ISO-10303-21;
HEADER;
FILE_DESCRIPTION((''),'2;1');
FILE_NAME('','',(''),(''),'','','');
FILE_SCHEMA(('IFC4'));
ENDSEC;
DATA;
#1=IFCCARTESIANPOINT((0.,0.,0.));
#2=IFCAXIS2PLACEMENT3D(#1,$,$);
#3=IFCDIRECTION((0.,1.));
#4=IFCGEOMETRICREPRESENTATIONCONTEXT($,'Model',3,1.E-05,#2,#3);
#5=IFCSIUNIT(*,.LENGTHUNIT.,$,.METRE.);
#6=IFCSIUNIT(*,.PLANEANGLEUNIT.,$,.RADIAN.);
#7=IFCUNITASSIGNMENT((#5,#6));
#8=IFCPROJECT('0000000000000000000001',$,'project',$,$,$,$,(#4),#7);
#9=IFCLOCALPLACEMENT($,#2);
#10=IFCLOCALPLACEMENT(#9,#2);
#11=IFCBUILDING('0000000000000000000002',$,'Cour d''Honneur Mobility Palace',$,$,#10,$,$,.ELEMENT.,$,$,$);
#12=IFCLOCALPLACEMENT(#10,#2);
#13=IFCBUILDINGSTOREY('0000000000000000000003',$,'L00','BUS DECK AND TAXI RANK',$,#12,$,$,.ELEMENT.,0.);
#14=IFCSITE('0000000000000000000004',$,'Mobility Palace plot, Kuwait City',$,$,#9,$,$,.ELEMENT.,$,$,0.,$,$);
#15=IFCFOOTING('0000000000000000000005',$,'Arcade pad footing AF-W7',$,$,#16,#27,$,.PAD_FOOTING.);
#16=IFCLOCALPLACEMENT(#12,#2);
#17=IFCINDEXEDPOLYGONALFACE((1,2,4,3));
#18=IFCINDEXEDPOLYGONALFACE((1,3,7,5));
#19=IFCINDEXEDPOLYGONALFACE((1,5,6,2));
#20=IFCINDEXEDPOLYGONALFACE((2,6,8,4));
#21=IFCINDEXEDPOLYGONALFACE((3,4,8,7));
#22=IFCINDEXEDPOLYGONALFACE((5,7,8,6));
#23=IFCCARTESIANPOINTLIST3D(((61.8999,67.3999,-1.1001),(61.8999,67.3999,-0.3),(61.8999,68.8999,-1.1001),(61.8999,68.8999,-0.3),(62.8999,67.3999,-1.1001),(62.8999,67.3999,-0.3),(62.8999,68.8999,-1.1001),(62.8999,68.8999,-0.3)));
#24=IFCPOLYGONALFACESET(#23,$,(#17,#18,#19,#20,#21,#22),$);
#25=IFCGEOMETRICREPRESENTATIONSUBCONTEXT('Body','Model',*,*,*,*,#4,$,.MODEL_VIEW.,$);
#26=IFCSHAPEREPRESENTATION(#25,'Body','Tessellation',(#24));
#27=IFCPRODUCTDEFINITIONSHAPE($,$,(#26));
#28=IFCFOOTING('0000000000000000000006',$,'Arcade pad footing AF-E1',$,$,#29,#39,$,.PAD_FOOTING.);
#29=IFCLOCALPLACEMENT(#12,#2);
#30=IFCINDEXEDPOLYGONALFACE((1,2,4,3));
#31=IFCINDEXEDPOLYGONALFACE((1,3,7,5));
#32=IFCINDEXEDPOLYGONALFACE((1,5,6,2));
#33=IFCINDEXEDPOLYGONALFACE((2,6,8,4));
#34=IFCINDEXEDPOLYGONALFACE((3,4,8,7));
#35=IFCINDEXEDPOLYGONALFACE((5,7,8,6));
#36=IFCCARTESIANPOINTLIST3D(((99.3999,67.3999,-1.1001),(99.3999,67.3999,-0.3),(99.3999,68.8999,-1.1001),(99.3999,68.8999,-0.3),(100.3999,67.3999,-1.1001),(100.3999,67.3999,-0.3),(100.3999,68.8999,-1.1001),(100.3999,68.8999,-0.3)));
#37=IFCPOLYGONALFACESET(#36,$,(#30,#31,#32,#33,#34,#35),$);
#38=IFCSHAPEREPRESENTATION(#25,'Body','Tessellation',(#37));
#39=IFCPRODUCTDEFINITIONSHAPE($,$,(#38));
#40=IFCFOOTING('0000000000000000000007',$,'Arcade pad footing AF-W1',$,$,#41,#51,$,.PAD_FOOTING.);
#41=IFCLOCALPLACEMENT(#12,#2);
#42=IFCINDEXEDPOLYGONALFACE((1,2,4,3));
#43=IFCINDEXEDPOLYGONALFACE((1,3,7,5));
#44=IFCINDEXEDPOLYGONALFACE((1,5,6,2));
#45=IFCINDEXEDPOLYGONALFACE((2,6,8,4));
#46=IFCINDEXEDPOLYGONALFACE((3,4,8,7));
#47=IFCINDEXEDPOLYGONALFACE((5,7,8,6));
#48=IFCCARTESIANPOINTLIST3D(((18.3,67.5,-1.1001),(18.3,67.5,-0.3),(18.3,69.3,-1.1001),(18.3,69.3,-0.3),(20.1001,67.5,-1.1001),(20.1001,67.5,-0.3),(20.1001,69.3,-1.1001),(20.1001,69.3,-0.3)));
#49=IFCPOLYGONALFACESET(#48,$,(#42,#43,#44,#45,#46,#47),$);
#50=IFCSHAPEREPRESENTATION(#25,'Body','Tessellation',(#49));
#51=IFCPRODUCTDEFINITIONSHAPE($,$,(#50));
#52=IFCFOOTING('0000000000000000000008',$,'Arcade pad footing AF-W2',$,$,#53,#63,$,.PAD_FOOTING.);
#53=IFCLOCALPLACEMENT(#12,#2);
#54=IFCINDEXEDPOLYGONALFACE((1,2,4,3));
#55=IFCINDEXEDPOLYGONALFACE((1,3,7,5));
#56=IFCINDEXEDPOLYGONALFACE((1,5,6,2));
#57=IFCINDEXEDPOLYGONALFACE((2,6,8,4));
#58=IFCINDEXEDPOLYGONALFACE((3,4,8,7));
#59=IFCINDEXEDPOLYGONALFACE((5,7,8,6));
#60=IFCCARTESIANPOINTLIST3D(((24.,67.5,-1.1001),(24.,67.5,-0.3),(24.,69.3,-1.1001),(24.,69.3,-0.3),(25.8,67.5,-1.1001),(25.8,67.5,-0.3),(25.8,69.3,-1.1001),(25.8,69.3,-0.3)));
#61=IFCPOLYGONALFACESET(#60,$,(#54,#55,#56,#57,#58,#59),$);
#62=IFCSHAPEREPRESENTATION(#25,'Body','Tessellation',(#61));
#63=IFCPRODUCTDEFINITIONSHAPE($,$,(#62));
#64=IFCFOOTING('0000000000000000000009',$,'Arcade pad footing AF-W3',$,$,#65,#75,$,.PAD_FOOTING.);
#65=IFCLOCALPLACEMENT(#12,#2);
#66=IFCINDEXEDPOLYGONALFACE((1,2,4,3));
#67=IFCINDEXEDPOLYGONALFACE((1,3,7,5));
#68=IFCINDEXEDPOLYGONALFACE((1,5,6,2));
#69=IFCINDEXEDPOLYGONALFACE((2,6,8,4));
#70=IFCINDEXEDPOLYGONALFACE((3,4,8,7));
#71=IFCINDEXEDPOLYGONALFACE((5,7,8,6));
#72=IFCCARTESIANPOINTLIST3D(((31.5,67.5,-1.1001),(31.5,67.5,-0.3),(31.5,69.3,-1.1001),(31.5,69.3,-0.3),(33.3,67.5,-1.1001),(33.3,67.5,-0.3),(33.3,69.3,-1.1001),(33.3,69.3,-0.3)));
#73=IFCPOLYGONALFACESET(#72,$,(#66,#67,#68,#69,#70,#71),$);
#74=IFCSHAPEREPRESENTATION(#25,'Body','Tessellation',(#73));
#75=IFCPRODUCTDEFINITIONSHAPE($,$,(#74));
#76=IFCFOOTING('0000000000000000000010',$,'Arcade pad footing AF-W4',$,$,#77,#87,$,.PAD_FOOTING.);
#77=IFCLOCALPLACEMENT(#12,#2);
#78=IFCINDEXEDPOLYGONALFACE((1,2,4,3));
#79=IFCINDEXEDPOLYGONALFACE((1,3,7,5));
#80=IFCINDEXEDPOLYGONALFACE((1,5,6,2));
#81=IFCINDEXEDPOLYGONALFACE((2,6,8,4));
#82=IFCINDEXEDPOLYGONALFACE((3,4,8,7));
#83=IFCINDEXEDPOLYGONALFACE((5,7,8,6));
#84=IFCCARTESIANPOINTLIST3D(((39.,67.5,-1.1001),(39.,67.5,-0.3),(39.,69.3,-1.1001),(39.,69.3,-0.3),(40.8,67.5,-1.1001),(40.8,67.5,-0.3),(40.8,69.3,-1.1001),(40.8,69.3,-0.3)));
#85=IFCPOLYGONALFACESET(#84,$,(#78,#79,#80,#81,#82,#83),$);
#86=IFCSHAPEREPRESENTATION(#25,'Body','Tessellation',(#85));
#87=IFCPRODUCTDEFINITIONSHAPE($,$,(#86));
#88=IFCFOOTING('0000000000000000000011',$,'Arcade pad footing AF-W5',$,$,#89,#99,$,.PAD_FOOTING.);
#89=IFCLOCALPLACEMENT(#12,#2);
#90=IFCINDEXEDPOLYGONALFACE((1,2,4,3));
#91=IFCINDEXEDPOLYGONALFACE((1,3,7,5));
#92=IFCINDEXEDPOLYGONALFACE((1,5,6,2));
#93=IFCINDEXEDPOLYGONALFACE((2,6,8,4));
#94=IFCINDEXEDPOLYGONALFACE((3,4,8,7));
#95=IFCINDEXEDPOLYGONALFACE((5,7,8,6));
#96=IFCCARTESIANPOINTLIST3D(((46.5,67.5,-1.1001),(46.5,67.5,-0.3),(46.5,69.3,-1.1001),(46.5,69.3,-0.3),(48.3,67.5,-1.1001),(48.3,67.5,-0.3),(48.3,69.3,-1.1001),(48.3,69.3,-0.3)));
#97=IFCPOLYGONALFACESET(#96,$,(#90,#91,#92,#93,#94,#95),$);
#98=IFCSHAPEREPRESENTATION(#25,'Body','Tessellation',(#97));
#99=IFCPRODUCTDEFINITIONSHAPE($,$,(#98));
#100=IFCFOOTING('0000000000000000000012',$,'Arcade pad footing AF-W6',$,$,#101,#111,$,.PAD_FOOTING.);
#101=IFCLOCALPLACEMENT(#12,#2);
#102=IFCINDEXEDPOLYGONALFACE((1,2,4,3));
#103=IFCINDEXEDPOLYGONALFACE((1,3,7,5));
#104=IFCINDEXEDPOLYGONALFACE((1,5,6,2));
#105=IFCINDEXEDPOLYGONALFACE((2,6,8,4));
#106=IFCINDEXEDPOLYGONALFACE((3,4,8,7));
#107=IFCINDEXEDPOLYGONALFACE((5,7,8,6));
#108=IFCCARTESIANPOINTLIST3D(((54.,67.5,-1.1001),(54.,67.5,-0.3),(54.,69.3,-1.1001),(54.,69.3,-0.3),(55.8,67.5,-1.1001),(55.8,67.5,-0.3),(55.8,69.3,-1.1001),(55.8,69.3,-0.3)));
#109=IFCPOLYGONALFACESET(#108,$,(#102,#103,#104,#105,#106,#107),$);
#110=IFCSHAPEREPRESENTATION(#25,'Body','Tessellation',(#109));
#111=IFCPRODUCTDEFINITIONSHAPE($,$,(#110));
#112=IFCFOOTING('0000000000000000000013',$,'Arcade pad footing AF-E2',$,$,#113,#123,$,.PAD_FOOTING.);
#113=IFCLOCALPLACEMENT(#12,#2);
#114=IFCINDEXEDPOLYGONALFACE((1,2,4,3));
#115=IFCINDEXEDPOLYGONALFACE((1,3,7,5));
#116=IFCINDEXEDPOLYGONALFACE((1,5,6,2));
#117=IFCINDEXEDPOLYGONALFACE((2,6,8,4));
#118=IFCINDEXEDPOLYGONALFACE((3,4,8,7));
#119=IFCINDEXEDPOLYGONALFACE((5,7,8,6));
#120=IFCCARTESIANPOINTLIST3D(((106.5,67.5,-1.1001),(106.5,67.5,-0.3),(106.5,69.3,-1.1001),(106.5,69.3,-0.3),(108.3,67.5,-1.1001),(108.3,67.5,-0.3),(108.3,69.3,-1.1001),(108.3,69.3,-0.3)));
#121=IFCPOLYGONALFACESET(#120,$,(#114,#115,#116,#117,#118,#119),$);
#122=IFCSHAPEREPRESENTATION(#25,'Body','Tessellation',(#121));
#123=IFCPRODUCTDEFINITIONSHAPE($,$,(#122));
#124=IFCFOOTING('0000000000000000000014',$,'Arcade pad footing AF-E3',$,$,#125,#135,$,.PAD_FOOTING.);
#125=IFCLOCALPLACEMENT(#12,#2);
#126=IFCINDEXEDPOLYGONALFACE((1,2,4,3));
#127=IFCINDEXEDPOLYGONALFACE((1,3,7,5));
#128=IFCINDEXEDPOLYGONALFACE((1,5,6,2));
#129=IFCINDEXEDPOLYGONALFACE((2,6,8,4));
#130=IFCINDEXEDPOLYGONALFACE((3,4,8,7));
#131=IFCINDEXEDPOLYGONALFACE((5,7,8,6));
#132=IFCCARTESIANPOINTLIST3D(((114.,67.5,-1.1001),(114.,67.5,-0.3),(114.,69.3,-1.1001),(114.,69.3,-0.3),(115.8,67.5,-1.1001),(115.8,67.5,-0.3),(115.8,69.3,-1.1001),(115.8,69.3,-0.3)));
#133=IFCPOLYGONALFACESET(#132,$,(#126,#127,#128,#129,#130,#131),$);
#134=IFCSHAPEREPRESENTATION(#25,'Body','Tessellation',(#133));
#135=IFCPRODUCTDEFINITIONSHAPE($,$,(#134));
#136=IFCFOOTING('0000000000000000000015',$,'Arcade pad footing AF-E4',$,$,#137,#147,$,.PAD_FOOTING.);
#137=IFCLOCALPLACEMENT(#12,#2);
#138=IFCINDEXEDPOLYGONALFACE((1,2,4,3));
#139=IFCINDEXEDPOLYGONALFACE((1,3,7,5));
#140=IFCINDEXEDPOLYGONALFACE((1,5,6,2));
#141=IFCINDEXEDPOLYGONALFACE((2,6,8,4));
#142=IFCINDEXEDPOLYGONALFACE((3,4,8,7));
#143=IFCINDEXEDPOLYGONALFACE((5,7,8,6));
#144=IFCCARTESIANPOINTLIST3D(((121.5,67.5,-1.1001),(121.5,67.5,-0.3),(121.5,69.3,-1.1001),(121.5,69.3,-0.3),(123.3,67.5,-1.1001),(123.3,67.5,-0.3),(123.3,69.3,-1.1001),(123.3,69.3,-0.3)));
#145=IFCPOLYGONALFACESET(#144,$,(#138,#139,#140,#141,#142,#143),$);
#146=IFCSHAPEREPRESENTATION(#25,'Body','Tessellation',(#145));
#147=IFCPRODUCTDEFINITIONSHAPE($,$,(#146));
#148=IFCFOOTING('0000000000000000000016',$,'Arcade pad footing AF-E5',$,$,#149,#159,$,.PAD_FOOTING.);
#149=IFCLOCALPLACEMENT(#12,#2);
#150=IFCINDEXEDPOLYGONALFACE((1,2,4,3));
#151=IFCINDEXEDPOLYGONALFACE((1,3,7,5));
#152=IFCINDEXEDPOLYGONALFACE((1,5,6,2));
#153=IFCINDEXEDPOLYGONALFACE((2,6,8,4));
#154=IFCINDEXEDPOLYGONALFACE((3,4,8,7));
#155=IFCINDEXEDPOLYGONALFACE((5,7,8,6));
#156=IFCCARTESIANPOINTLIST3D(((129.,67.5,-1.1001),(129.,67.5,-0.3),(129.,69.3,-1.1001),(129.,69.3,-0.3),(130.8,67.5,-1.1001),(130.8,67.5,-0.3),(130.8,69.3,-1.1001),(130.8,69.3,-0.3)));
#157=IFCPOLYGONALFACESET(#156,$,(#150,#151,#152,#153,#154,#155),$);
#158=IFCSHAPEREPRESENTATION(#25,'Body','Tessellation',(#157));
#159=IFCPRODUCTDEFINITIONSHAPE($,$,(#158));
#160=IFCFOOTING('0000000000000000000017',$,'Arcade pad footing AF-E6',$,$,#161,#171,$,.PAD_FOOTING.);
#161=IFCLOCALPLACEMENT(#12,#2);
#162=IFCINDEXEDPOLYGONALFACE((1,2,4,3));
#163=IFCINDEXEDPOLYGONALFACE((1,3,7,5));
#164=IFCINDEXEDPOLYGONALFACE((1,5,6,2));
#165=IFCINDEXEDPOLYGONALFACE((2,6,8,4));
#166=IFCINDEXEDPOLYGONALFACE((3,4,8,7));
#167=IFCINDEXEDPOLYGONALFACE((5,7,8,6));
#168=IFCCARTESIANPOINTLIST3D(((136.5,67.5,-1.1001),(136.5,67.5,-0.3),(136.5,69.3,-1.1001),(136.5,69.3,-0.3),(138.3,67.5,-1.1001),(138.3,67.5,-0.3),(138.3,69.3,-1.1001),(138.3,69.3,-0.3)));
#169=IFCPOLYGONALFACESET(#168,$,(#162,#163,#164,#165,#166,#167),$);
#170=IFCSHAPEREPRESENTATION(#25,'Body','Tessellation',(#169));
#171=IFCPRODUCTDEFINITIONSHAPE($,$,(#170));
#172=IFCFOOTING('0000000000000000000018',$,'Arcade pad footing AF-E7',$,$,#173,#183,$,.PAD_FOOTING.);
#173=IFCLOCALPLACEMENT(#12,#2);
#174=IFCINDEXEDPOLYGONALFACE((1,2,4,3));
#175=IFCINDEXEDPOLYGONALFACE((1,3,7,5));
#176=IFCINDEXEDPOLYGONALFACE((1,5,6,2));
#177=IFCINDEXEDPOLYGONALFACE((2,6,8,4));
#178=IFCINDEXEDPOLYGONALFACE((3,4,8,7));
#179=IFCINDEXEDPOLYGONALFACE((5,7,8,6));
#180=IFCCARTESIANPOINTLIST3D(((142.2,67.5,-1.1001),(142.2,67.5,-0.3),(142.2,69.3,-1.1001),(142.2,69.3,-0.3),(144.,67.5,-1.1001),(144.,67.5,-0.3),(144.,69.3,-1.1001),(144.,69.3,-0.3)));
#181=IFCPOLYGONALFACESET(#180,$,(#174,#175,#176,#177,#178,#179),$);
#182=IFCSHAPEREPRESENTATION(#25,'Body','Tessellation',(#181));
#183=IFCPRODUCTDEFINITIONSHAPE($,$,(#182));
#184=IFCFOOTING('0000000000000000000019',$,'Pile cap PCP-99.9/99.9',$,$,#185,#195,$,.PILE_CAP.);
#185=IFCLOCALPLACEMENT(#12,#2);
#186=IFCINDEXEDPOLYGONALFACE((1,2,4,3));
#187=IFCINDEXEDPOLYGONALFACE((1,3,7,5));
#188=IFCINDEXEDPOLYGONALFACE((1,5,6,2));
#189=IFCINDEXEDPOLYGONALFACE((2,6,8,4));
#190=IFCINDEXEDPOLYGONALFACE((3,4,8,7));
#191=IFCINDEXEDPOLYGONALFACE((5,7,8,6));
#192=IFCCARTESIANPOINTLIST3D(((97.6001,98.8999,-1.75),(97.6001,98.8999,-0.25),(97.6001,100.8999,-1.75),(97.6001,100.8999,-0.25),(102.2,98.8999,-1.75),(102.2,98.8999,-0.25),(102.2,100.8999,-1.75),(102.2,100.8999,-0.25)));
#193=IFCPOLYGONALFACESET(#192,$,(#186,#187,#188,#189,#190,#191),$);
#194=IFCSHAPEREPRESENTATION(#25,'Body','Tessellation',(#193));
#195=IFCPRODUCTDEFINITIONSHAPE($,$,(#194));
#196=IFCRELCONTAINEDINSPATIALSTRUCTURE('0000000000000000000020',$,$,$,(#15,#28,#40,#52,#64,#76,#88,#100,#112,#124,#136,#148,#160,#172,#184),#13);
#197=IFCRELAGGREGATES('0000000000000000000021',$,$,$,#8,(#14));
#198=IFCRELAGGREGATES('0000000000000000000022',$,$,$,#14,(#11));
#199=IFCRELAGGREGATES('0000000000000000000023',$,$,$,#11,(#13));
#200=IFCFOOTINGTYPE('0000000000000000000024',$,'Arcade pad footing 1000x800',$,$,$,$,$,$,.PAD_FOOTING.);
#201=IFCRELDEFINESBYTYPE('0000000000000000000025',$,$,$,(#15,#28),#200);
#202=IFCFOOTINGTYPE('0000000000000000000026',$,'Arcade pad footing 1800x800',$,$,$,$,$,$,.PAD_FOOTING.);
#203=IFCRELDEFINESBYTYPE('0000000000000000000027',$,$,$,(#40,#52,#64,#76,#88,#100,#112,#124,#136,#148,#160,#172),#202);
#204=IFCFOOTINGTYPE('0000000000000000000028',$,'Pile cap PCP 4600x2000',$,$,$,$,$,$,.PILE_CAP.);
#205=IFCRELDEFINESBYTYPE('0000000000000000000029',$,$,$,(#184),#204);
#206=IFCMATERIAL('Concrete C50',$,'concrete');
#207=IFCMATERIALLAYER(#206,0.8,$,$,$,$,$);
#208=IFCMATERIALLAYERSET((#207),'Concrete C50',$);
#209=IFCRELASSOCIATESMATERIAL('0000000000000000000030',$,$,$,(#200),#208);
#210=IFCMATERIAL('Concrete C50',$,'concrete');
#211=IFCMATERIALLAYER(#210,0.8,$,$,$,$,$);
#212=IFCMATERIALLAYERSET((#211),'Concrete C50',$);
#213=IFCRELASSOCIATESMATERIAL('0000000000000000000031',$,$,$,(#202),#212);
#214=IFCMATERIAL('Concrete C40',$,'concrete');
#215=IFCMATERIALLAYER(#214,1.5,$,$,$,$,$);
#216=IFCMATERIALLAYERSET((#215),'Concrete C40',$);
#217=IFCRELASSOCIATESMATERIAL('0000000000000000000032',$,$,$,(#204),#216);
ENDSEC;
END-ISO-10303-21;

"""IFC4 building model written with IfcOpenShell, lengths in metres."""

from ifc_helpers import new_model, si_unit, direction, frame, origin, place, context, subcontext, project, spatial, polyline, outline, extrude, material, layer, layer_set, type_object, element, save


model = new_model("IFC4")

# Units and contexts
model_context = context("Model", 3, precision=1e-05, world=origin(), true_north=direction((0.0, 1.0)))
body_context = subcontext(model_context, "Body", "Model", "MODEL_VIEW")
ifc_project = project(units=[si_unit("LENGTHUNIT", "METRE"), si_unit("PLANEANGLEUNIT", "RADIAN")], contexts=[model_context])

# Site, building, storey
site_placement = place(None, origin())
site = spatial("IfcSite", under=ifc_project, at=site_placement, Name="Mobility Palace plot, Kuwait City", CompositionType="ELEMENT", RefElevation=0.0)
building_placement = place(site_placement, origin())
building = spatial("IfcBuilding", under=site, at=building_placement, Name="Cour d'Honneur Mobility Palace", CompositionType="ELEMENT")
storey_placement = place(building_placement, origin())
storey = spatial("IfcBuildingStorey", under=building, at=storey_placement, Name="L00", Description="BUS DECK AND TAXI RANK", CompositionType="ELEMENT", Elevation=0.0)

# Footings
ifc_material_1 = material(Name="Concrete C50", Category="concrete")
ifc_layer_1 = layer(ifc_material_1, 0.8)
ifc_layer_set_1 = layer_set([ifc_layer_1], Name="Concrete C50")
footing_type_1 = type_object("IfcFootingType", Name="Arcade pad footing 1000x800", PredefinedType="PAD_FOOTING", material=ifc_layer_set_1)
footing_1_placement = place(storey_placement, frame((0.0, 0.0, -1.1001)))
element("IfcFooting", 1, at=footing_1_placement, inside=storey, type_object=footing_type_1, Name="Arcade pad footing AF-W7", PredefinedType="PAD_FOOTING", context=body_context, shape_type="SweptSolid", body=[
    extrude(outline(polyline([(61.8999, 67.3999), (62.8999, 67.3999), (62.8999, 68.8999), (61.8999, 68.8999), (61.8999, 67.3999)])), origin(), (0.0, 0.0, 1.0), 0.8),
])
footing_2_placement = place(storey_placement, frame((0.0, 0.0, -1.1001)))
element("IfcFooting", 2, at=footing_2_placement, inside=storey, type_object=footing_type_1, Name="Arcade pad footing AF-E1", PredefinedType="PAD_FOOTING", context=body_context, shape_type="SweptSolid", body=[
    extrude(outline(polyline([(99.3999, 67.3999), (100.3999, 67.3999), (100.3999, 68.8999), (99.3999, 68.8999), (99.3999, 67.3999)])), origin(), (0.0, 0.0, 1.0), 0.8),
])
ifc_material_2 = material(Name="Concrete C50", Category="concrete")
ifc_layer_2 = layer(ifc_material_2, 0.8)
ifc_layer_set_2 = layer_set([ifc_layer_2], Name="Concrete C50")
footing_type_2 = type_object("IfcFootingType", Name="Arcade pad footing 1800x800", PredefinedType="PAD_FOOTING", material=ifc_layer_set_2)
footing_3_placement = place(storey_placement, frame((0.0, 0.0, -1.1001)))
element("IfcFooting", 3, at=footing_3_placement, inside=storey, type_object=footing_type_2, Name="Arcade pad footing AF-W1", PredefinedType="PAD_FOOTING", context=body_context, shape_type="SweptSolid", body=[
    extrude(outline(polyline([(18.3, 67.5), (20.1001, 67.5), (20.1001, 69.3), (18.3, 69.3), (18.3, 67.5)])), origin(), (0.0, 0.0, 1.0), 0.8),
])
footing_4_placement = place(storey_placement, frame((0.0, 0.0, -1.1001)))
element("IfcFooting", 4, at=footing_4_placement, inside=storey, type_object=footing_type_2, Name="Arcade pad footing AF-W2", PredefinedType="PAD_FOOTING", context=body_context, shape_type="SweptSolid", body=[
    extrude(outline(polyline([(24.0, 67.5), (25.8, 67.5), (25.8, 69.3), (24.0, 69.3), (24.0, 67.5)])), origin(), (0.0, 0.0, 1.0), 0.8),
])
footing_5_placement = place(storey_placement, frame((0.0, 0.0, -1.1001)))
element("IfcFooting", 5, at=footing_5_placement, inside=storey, type_object=footing_type_2, Name="Arcade pad footing AF-W3", PredefinedType="PAD_FOOTING", context=body_context, shape_type="SweptSolid", body=[
    extrude(outline(polyline([(31.5, 67.5), (33.3, 67.5), (33.3, 69.3), (31.5, 69.3), (31.5, 67.5)])), origin(), (0.0, 0.0, 1.0), 0.8),
])
footing_6_placement = place(storey_placement, frame((0.0, 0.0, -1.1001)))
element("IfcFooting", 6, at=footing_6_placement, inside=storey, type_object=footing_type_2, Name="Arcade pad footing AF-W4", PredefinedType="PAD_FOOTING", context=body_context, shape_type="SweptSolid", body=[
    extrude(outline(polyline([(39.0, 67.5), (40.8, 67.5), (40.8, 69.3), (39.0, 69.3), (39.0, 67.5)])), origin(), (0.0, 0.0, 1.0), 0.8),
])
footing_7_placement = place(storey_placement, frame((0.0, 0.0, -1.1001)))
element("IfcFooting", 7, at=footing_7_placement, inside=storey, type_object=footing_type_2, Name="Arcade pad footing AF-W5", PredefinedType="PAD_FOOTING", context=body_context, shape_type="SweptSolid", body=[
    extrude(outline(polyline([(46.5, 67.5), (48.3, 67.5), (48.3, 69.3), (46.5, 69.3), (46.5, 67.5)])), origin(), (0.0, 0.0, 1.0), 0.8),
])
footing_8_placement = place(storey_placement, frame((0.0, 0.0, -1.1001)))
element("IfcFooting", 8, at=footing_8_placement, inside=storey, type_object=footing_type_2, Name="Arcade pad footing AF-W6", PredefinedType="PAD_FOOTING", context=body_context, shape_type="SweptSolid", body=[
    extrude(outline(polyline([(54.0, 67.5), (55.8, 67.5), (55.8, 69.3), (54.0, 69.3), (54.0, 67.5)])), origin(), (0.0, 0.0, 1.0), 0.8),
])
footing_9_placement = place(storey_placement, frame((0.0, 0.0, -1.1001)))
element("IfcFooting", 9, at=footing_9_placement, inside=storey, type_object=footing_type_2, Name="Arcade pad footing AF-E2", PredefinedType="PAD_FOOTING", context=body_context, shape_type="SweptSolid", body=[
    extrude(outline(polyline([(106.5, 67.5), (108.3, 67.5), (108.3, 69.3), (106.5, 69.3), (106.5, 67.5)])), origin(), (0.0, 0.0, 1.0), 0.8),
])
footing_10_placement = place(storey_placement, frame((0.0, 0.0, -1.1001)))
element("IfcFooting", 10, at=footing_10_placement, inside=storey, type_object=footing_type_2, Name="Arcade pad footing AF-E3", PredefinedType="PAD_FOOTING", context=body_context, shape_type="SweptSolid", body=[
    extrude(outline(polyline([(114.0, 67.5), (115.8, 67.5), (115.8, 69.3), (114.0, 69.3), (114.0, 67.5)])), origin(), (0.0, 0.0, 1.0), 0.8),
])
footing_11_placement = place(storey_placement, frame((0.0, 0.0, -1.1001)))
element("IfcFooting", 11, at=footing_11_placement, inside=storey, type_object=footing_type_2, Name="Arcade pad footing AF-E4", PredefinedType="PAD_FOOTING", context=body_context, shape_type="SweptSolid", body=[
    extrude(outline(polyline([(121.5, 67.5), (123.3, 67.5), (123.3, 69.3), (121.5, 69.3), (121.5, 67.5)])), origin(), (0.0, 0.0, 1.0), 0.8),
])
footing_12_placement = place(storey_placement, frame((0.0, 0.0, -1.1001)))
element("IfcFooting", 12, at=footing_12_placement, inside=storey, type_object=footing_type_2, Name="Arcade pad footing AF-E5", PredefinedType="PAD_FOOTING", context=body_context, shape_type="SweptSolid", body=[
    extrude(outline(polyline([(129.0, 67.5), (130.8, 67.5), (130.8, 69.3), (129.0, 69.3), (129.0, 67.5)])), origin(), (0.0, 0.0, 1.0), 0.8),
])
footing_13_placement = place(storey_placement, frame((0.0, 0.0, -1.1001)))
element("IfcFooting", 13, at=footing_13_placement, inside=storey, type_object=footing_type_2, Name="Arcade pad footing AF-E6", PredefinedType="PAD_FOOTING", context=body_context, shape_type="SweptSolid", body=[
    extrude(outline(polyline([(136.5, 67.5), (138.3, 67.5), (138.3, 69.3), (136.5, 69.3), (136.5, 67.5)])), origin(), (0.0, 0.0, 1.0), 0.8),
])
footing_14_placement = place(storey_placement, frame((0.0, 0.0, -1.1001)))
element("IfcFooting", 14, at=footing_14_placement, inside=storey, type_object=footing_type_2, Name="Arcade pad footing AF-E7", PredefinedType="PAD_FOOTING", context=body_context, shape_type="SweptSolid", body=[
    extrude(outline(polyline([(142.2, 67.5), (144.0, 67.5), (144.0, 69.3), (142.2, 69.3), (142.2, 67.5)])), origin(), (0.0, 0.0, 1.0), 0.8),
])
ifc_material_3 = material(Name="Concrete C40", Category="concrete")
ifc_layer_3 = layer(ifc_material_3, 1.5)
ifc_layer_set_3 = layer_set([ifc_layer_3], Name="Concrete C40")
footing_type_3 = type_object("IfcFootingType", Name="Pile cap PCP 4600x2000", PredefinedType="PILE_CAP", material=ifc_layer_set_3)
footing_15_placement = place(storey_placement, frame((0.0, 0.0, -1.75)))
element("IfcFooting", 15, at=footing_15_placement, inside=storey, type_object=footing_type_3, Name="Pile cap PCP-99.9/99.9", PredefinedType="PILE_CAP", context=body_context, shape_type="SweptSolid", body=[
    extrude(outline(polyline([(97.6001, 98.8999), (102.2, 98.8999), (102.2, 100.8999), (97.6001, 100.8999), (97.6001, 98.8999)])), origin(), (0.0, 0.0, 1.0), 1.5),
])

save(model, "model.ifc")
